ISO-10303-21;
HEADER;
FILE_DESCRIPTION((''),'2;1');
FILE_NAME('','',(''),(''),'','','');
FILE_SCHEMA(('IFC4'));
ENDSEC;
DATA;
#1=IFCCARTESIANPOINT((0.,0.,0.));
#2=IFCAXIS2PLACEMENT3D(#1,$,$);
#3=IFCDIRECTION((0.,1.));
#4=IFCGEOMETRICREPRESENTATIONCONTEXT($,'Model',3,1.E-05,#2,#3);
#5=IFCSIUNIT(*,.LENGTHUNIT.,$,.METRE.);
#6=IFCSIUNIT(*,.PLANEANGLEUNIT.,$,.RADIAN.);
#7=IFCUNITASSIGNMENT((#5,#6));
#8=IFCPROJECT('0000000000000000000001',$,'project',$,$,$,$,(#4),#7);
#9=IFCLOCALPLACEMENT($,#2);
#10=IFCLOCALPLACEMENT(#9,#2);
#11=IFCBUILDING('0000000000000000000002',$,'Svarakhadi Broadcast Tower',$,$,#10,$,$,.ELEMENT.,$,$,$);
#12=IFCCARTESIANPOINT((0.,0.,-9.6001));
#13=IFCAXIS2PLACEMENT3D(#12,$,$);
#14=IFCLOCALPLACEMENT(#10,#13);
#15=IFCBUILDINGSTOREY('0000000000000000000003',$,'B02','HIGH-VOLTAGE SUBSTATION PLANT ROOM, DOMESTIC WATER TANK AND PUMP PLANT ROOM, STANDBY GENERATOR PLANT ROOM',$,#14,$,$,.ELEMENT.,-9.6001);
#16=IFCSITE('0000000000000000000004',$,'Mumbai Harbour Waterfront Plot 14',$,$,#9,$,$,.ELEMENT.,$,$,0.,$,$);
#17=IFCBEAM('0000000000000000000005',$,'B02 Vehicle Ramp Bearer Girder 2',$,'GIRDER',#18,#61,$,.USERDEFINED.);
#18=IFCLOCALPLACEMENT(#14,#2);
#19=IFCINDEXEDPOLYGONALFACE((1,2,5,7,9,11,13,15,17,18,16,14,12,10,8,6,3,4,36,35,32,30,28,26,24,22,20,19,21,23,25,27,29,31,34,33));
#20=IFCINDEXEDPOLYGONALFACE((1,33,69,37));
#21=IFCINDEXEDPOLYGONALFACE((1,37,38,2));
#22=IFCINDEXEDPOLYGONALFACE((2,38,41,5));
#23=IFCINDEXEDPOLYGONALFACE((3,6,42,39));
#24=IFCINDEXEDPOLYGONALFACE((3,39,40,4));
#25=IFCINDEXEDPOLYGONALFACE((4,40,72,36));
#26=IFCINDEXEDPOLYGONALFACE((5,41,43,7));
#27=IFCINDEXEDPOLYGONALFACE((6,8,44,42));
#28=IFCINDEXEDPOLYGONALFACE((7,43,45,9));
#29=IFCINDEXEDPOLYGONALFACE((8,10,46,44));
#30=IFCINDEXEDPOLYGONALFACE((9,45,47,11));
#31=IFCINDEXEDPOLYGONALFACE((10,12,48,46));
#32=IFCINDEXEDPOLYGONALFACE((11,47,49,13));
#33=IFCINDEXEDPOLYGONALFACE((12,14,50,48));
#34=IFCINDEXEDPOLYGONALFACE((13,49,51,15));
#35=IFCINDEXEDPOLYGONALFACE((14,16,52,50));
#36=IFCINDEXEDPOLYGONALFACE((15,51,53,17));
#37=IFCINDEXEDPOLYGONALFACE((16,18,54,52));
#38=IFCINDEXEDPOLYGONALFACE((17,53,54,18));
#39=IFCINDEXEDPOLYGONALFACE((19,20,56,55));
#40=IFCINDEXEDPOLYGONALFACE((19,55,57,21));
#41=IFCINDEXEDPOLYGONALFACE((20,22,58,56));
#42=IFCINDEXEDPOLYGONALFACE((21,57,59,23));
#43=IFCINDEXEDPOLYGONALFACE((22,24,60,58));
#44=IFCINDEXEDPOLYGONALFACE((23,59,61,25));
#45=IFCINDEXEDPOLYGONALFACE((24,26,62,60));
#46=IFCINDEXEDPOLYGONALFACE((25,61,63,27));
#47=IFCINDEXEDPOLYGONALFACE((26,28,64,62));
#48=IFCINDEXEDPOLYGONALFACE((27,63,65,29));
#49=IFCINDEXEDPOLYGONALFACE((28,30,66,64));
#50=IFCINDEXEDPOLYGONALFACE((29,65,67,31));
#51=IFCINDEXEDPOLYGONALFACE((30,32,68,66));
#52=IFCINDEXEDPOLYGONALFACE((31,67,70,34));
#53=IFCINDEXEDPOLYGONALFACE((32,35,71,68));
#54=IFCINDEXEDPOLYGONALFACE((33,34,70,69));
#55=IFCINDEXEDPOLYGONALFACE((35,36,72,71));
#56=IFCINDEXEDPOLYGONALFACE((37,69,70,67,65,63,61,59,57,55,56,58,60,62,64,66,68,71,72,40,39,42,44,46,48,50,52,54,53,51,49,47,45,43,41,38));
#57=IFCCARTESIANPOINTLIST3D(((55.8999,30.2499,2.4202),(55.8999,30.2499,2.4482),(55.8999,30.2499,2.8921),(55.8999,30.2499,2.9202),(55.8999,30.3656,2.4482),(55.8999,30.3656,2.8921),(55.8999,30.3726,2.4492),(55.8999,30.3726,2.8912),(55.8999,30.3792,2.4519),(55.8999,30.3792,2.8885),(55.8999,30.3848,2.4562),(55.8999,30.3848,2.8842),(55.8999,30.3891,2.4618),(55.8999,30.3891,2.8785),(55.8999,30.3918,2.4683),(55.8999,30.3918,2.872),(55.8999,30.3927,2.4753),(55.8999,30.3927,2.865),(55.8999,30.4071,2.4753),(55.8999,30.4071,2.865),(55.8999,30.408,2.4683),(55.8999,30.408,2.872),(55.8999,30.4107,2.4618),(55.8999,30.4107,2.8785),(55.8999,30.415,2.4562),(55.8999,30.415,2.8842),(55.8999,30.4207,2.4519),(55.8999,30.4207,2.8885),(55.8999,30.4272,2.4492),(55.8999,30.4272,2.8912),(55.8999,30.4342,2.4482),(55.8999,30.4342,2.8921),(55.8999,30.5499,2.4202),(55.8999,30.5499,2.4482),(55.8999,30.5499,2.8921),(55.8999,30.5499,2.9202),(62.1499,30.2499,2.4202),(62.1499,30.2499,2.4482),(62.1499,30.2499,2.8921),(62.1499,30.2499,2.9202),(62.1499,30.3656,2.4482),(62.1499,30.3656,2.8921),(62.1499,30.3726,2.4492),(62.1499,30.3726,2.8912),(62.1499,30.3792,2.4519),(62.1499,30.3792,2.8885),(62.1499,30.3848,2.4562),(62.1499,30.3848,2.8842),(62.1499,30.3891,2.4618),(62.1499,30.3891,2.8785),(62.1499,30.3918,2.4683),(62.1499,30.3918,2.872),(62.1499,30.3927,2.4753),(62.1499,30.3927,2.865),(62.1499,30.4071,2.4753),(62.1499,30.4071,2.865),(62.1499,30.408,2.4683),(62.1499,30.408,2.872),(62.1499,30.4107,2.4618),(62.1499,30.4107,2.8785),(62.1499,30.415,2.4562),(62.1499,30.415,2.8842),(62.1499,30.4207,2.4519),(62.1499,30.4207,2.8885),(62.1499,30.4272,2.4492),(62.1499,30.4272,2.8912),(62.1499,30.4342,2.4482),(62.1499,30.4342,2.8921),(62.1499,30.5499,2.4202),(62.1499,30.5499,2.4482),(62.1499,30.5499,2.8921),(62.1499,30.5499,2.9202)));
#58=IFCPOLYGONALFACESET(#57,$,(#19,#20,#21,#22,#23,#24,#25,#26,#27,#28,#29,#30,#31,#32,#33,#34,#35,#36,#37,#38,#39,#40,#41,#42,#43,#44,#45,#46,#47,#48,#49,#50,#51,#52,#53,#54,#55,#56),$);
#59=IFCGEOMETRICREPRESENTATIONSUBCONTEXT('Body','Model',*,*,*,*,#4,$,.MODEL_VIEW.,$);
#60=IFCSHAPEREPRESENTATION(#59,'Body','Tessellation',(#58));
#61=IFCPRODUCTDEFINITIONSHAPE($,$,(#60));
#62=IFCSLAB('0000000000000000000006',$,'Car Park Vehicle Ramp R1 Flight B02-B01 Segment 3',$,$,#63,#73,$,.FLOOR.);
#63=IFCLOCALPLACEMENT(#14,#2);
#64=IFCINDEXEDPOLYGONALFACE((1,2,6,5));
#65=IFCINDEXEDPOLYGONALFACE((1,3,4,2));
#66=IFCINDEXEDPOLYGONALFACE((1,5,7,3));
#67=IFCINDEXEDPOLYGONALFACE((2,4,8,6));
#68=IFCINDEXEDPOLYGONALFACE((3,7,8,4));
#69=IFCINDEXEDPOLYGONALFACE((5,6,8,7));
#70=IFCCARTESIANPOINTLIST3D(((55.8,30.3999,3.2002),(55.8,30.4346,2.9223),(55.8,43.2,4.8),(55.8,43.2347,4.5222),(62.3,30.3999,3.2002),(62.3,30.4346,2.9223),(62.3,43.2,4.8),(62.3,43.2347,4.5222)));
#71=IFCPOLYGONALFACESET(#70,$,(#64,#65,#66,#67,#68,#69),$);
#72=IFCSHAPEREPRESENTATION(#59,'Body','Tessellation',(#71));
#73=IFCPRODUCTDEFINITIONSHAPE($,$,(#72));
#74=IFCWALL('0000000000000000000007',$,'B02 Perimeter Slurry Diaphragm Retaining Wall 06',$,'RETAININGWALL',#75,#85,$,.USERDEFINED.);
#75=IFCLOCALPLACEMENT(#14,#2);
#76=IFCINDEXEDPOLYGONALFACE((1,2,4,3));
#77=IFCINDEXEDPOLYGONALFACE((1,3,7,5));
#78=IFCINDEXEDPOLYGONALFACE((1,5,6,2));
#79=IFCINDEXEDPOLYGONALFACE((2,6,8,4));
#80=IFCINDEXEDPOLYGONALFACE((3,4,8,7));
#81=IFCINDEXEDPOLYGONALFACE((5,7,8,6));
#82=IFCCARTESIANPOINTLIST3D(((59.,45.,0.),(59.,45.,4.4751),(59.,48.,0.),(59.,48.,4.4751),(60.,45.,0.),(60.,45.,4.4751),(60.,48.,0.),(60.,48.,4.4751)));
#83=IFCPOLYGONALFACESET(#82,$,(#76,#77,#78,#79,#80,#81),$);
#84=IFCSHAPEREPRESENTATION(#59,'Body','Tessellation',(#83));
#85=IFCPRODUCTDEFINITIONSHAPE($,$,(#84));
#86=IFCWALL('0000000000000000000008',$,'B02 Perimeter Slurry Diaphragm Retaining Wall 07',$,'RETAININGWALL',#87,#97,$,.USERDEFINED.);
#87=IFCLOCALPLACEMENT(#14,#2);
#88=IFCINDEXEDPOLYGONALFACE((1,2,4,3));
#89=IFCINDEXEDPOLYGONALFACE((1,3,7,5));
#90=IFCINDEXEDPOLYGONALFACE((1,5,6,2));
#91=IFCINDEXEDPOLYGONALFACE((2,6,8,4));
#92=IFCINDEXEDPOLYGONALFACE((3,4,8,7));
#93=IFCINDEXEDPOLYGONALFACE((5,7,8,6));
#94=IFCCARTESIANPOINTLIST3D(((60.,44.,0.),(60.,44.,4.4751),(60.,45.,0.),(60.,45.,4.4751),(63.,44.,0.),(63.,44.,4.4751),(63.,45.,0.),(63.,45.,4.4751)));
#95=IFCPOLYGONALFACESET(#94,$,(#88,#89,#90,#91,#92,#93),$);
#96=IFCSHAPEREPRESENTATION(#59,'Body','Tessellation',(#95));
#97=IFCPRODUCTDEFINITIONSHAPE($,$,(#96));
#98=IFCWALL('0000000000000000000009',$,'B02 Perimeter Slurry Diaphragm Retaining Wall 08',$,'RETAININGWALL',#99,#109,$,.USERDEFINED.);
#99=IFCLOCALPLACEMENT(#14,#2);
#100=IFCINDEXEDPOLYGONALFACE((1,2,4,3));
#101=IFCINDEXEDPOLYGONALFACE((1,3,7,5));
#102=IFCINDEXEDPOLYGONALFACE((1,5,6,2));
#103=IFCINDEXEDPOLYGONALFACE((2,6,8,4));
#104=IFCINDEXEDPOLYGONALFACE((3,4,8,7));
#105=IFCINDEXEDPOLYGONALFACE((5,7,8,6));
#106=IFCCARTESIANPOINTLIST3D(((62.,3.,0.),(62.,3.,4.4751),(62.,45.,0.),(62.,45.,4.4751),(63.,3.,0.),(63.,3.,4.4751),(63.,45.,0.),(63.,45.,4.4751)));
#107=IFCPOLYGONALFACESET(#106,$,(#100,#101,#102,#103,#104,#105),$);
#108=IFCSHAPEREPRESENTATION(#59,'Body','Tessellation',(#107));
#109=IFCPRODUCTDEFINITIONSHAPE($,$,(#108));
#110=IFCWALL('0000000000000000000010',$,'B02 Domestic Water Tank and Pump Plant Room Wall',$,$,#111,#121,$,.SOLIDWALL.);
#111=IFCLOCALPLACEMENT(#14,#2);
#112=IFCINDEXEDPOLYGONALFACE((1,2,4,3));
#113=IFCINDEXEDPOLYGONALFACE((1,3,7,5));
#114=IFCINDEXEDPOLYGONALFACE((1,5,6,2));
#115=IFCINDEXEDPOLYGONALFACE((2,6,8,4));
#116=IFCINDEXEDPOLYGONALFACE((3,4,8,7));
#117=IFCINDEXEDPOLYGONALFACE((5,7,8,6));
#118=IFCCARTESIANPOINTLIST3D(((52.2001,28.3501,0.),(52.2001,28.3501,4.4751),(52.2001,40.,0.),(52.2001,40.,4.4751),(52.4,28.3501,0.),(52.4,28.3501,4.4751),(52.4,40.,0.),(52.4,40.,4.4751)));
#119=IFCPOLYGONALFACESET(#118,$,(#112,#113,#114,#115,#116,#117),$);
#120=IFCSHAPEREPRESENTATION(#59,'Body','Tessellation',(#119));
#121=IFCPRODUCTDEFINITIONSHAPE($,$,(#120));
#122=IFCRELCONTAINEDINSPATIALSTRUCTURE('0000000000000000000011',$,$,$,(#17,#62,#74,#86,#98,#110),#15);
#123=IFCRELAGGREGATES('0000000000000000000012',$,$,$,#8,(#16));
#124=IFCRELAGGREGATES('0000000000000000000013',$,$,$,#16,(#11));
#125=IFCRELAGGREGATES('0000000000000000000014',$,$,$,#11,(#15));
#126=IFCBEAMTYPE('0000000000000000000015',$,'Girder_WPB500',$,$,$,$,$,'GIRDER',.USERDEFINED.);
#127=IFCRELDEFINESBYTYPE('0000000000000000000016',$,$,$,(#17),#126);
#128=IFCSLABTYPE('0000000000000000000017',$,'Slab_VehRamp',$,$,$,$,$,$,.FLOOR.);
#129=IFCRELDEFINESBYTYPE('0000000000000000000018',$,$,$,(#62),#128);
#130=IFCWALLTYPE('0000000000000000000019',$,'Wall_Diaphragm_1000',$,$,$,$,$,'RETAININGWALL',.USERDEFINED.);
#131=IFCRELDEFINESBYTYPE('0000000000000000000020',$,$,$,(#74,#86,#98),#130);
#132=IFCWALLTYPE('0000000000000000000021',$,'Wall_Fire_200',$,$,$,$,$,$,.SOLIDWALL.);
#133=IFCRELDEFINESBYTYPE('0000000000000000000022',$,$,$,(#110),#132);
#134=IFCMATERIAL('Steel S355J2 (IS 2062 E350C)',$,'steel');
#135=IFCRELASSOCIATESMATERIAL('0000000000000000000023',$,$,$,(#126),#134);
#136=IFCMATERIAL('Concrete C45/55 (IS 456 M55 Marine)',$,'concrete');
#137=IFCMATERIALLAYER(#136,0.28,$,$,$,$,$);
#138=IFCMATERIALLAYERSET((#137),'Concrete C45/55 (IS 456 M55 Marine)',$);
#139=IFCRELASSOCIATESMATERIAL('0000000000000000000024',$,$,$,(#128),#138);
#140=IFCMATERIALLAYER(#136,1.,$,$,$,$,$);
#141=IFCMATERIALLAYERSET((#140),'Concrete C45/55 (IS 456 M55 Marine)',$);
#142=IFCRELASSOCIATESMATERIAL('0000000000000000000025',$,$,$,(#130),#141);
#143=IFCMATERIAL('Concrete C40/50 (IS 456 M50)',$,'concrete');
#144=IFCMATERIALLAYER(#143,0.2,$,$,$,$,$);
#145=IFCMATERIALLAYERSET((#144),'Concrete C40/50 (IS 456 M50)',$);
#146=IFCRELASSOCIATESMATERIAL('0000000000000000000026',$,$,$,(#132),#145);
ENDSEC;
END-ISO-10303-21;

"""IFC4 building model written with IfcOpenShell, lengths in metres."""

from ifc_helpers import new_model, si_unit, direction, frame, frame_2d, origin, origin_2d, place, context, subcontext, project, spatial, polyline, rectangle, i_section, outline, extrude, material, layer, layer_set, material_profile, profile_set, type_object, element, save


model = new_model("IFC4")

# Units and contexts
model_context = context("Model", 3, precision=1e-05, world=origin(), true_north=direction((0.0, 1.0)))
body_context = subcontext(model_context, "Body", "Model", "MODEL_VIEW")
ifc_project = project(units=[si_unit("LENGTHUNIT", "METRE"), si_unit("PLANEANGLEUNIT", "RADIAN")], contexts=[model_context])

# Site, building, storey
site_placement = place(None, origin())
site = spatial("IfcSite", under=ifc_project, at=site_placement, Name="Mumbai Harbour Waterfront Plot 14", CompositionType="ELEMENT", RefElevation=0.0)
building_placement = place(site_placement, origin())
building = spatial("IfcBuilding", under=site, at=building_placement, Name="Svarakhadi Broadcast Tower", CompositionType="ELEMENT")
storey_placement = place(building_placement, frame((0.0, 0.0, -9.6001)))
storey = spatial("IfcBuildingStorey", under=building, at=storey_placement, Name="B02", Description="HIGH-VOLTAGE SUBSTATION PLANT ROOM, DOMESTIC WATER TANK AND PUMP PLANT ROOM, STANDBY GENERATOR PLANT ROOM", CompositionType="ELEMENT", Elevation=-9.6001)

# Shared definitions
ifc_material_1 = material(Name="Concrete C45/55 (IS 456 M55 Marine)", Category="concrete")

# Beam
ifc_material_2 = material(Name="Steel S355J2 (IS 2062 E350C)", Category="steel")
ifc_material_profile_1 = material_profile(ifc_material_2, i_section(OverallWidth=0.3, OverallDepth=0.5, WebThickness=0.0144, FlangeThickness=0.0281, FilletRadius=0.0271, at=origin_2d()), Name="WPB 500x300x187")
ifc_profile_set_1 = profile_set([ifc_material_profile_1], Name="Steel S355J2 (IS 2062 E350C)")
beam_type = type_object("IfcBeamType", Name="Girder_WPB500", ElementType="GIRDER", PredefinedType="USERDEFINED", material=ifc_profile_set_1)
beam_placement = place(storey_placement, frame((55.8999, 30.3999, 2.6702), z_axis=(1.0, 0.0, 0.0), x_axis=(0.0, 1.0, 0.0)))
element("IfcBeam", 1, at=beam_placement, inside=storey, type_object=beam_type, Name="B02 Vehicle Ramp Bearer Girder 2", ObjectType="GIRDER", PredefinedType="USERDEFINED", context=body_context, shape_type="SweptSolid", body=[
    extrude(i_section(OverallWidth=0.3, OverallDepth=0.5, WebThickness=0.0144, FlangeThickness=0.0281, FilletRadius=0.0271, at=origin_2d()), origin(), (0.0, 0.0, 1.0), 6.25),
])

# Slab
ifc_layer_1 = layer(ifc_material_1, 0.28)
ifc_layer_set_1 = layer_set([ifc_layer_1], Name="Concrete C45/55 (IS 456 M55 Marine)")
slab_type = type_object("IfcSlabType", Name="Slab_VehRamp", PredefinedType="FLOOR", material=ifc_layer_set_1)
slab_placement = place(storey_placement, frame((55.8, 30.3999, 3.2002), z_axis=(0.0, -0.124023, 0.992279), x_axis=(1.0, 0.0, 0.0)))
element("IfcSlab", 2, at=slab_placement, inside=storey, type_object=slab_type, Name="Car Park Vehicle Ramp R1 Flight B02-B01 Segment 3", PredefinedType="FLOOR", context=body_context, shape_type="SweptSolid", body=[
    extrude(outline(polyline([(0.0, 0.0), (6.5, 0.0), (6.5, 12.8996), (0.0, 12.8996), (0.0, 0.0)])), origin(), (0.0, 0.0, -1.0), 0.28),
])

# Walls
ifc_layer_2 = layer(ifc_material_1, 1.0)
ifc_layer_set_2 = layer_set([ifc_layer_2], Name="Concrete C45/55 (IS 456 M55 Marine)")
wall_type_1 = type_object("IfcWallType", Name="Wall_Diaphragm_1000", ElementType="RETAININGWALL", PredefinedType="USERDEFINED", material=ifc_layer_set_2)
for number, where, z_axis, x_axis, name in (
    (3, (59.5, 48.0, 0.0), (0.0, 0.0, 1.0), (0.0, -1.0, 0.0), "B02 Perimeter Slurry Diaphragm Retaining Wall 06"),
    (4, (60.0, 44.5, 0.0), (0.0, 0.0, 1.0), (1.0, 0.0, 0.0), "B02 Perimeter Slurry Diaphragm Retaining Wall 07"),
):
    element("IfcWall", number, at=place(storey_placement, frame(where, z_axis=z_axis, x_axis=x_axis)), inside=storey, type_object=wall_type_1, Name=name, ObjectType="RETAININGWALL", PredefinedType="USERDEFINED", context=body_context, shape_type="SweptSolid", body=[
        extrude(rectangle(XDim=3.0, YDim=1.0, at=frame_2d((1.5, 0.0))), origin(), (0.0, 0.0, 1.0), 4.4751),
    ])
wall_1_placement = place(storey_placement, frame((62.5, 45.0, 0.0), z_axis=(0.0, 0.0, 1.0), x_axis=(0.0, -1.0, 0.0)))
element("IfcWall", 5, at=wall_1_placement, inside=storey, type_object=wall_type_1, Name="B02 Perimeter Slurry Diaphragm Retaining Wall 08", ObjectType="RETAININGWALL", PredefinedType="USERDEFINED", context=body_context, shape_type="SweptSolid", body=[
    extrude(rectangle(XDim=42.0, YDim=1.0, at=frame_2d((21.0, 0.0))), origin(), (0.0, 0.0, 1.0), 4.4751),
])
ifc_material_3 = material(Name="Concrete C40/50 (IS 456 M50)", Category="concrete")
ifc_layer_3 = layer(ifc_material_3, 0.2)
ifc_layer_set_3 = layer_set([ifc_layer_3], Name="Concrete C40/50 (IS 456 M50)")
wall_type_2 = type_object("IfcWallType", Name="Wall_Fire_200", PredefinedType="SOLIDWALL", material=ifc_layer_set_3)
wall_2_placement = place(storey_placement, frame((52.3, 28.3501, 0.0), z_axis=(0.0, 0.0, 1.0), x_axis=(0.0, 1.0, 0.0)))
element("IfcWall", 6, at=wall_2_placement, inside=storey, type_object=wall_type_2, Name="B02 Domestic Water Tank and Pump Plant Room Wall", PredefinedType="SOLIDWALL", context=body_context, shape_type="SweptSolid", body=[
    extrude(rectangle(XDim=11.6499, YDim=0.2, at=frame_2d((5.825, 0.0))), origin(), (0.0, 0.0, 1.0), 4.4751),
])

save(model, "model.ifc")
